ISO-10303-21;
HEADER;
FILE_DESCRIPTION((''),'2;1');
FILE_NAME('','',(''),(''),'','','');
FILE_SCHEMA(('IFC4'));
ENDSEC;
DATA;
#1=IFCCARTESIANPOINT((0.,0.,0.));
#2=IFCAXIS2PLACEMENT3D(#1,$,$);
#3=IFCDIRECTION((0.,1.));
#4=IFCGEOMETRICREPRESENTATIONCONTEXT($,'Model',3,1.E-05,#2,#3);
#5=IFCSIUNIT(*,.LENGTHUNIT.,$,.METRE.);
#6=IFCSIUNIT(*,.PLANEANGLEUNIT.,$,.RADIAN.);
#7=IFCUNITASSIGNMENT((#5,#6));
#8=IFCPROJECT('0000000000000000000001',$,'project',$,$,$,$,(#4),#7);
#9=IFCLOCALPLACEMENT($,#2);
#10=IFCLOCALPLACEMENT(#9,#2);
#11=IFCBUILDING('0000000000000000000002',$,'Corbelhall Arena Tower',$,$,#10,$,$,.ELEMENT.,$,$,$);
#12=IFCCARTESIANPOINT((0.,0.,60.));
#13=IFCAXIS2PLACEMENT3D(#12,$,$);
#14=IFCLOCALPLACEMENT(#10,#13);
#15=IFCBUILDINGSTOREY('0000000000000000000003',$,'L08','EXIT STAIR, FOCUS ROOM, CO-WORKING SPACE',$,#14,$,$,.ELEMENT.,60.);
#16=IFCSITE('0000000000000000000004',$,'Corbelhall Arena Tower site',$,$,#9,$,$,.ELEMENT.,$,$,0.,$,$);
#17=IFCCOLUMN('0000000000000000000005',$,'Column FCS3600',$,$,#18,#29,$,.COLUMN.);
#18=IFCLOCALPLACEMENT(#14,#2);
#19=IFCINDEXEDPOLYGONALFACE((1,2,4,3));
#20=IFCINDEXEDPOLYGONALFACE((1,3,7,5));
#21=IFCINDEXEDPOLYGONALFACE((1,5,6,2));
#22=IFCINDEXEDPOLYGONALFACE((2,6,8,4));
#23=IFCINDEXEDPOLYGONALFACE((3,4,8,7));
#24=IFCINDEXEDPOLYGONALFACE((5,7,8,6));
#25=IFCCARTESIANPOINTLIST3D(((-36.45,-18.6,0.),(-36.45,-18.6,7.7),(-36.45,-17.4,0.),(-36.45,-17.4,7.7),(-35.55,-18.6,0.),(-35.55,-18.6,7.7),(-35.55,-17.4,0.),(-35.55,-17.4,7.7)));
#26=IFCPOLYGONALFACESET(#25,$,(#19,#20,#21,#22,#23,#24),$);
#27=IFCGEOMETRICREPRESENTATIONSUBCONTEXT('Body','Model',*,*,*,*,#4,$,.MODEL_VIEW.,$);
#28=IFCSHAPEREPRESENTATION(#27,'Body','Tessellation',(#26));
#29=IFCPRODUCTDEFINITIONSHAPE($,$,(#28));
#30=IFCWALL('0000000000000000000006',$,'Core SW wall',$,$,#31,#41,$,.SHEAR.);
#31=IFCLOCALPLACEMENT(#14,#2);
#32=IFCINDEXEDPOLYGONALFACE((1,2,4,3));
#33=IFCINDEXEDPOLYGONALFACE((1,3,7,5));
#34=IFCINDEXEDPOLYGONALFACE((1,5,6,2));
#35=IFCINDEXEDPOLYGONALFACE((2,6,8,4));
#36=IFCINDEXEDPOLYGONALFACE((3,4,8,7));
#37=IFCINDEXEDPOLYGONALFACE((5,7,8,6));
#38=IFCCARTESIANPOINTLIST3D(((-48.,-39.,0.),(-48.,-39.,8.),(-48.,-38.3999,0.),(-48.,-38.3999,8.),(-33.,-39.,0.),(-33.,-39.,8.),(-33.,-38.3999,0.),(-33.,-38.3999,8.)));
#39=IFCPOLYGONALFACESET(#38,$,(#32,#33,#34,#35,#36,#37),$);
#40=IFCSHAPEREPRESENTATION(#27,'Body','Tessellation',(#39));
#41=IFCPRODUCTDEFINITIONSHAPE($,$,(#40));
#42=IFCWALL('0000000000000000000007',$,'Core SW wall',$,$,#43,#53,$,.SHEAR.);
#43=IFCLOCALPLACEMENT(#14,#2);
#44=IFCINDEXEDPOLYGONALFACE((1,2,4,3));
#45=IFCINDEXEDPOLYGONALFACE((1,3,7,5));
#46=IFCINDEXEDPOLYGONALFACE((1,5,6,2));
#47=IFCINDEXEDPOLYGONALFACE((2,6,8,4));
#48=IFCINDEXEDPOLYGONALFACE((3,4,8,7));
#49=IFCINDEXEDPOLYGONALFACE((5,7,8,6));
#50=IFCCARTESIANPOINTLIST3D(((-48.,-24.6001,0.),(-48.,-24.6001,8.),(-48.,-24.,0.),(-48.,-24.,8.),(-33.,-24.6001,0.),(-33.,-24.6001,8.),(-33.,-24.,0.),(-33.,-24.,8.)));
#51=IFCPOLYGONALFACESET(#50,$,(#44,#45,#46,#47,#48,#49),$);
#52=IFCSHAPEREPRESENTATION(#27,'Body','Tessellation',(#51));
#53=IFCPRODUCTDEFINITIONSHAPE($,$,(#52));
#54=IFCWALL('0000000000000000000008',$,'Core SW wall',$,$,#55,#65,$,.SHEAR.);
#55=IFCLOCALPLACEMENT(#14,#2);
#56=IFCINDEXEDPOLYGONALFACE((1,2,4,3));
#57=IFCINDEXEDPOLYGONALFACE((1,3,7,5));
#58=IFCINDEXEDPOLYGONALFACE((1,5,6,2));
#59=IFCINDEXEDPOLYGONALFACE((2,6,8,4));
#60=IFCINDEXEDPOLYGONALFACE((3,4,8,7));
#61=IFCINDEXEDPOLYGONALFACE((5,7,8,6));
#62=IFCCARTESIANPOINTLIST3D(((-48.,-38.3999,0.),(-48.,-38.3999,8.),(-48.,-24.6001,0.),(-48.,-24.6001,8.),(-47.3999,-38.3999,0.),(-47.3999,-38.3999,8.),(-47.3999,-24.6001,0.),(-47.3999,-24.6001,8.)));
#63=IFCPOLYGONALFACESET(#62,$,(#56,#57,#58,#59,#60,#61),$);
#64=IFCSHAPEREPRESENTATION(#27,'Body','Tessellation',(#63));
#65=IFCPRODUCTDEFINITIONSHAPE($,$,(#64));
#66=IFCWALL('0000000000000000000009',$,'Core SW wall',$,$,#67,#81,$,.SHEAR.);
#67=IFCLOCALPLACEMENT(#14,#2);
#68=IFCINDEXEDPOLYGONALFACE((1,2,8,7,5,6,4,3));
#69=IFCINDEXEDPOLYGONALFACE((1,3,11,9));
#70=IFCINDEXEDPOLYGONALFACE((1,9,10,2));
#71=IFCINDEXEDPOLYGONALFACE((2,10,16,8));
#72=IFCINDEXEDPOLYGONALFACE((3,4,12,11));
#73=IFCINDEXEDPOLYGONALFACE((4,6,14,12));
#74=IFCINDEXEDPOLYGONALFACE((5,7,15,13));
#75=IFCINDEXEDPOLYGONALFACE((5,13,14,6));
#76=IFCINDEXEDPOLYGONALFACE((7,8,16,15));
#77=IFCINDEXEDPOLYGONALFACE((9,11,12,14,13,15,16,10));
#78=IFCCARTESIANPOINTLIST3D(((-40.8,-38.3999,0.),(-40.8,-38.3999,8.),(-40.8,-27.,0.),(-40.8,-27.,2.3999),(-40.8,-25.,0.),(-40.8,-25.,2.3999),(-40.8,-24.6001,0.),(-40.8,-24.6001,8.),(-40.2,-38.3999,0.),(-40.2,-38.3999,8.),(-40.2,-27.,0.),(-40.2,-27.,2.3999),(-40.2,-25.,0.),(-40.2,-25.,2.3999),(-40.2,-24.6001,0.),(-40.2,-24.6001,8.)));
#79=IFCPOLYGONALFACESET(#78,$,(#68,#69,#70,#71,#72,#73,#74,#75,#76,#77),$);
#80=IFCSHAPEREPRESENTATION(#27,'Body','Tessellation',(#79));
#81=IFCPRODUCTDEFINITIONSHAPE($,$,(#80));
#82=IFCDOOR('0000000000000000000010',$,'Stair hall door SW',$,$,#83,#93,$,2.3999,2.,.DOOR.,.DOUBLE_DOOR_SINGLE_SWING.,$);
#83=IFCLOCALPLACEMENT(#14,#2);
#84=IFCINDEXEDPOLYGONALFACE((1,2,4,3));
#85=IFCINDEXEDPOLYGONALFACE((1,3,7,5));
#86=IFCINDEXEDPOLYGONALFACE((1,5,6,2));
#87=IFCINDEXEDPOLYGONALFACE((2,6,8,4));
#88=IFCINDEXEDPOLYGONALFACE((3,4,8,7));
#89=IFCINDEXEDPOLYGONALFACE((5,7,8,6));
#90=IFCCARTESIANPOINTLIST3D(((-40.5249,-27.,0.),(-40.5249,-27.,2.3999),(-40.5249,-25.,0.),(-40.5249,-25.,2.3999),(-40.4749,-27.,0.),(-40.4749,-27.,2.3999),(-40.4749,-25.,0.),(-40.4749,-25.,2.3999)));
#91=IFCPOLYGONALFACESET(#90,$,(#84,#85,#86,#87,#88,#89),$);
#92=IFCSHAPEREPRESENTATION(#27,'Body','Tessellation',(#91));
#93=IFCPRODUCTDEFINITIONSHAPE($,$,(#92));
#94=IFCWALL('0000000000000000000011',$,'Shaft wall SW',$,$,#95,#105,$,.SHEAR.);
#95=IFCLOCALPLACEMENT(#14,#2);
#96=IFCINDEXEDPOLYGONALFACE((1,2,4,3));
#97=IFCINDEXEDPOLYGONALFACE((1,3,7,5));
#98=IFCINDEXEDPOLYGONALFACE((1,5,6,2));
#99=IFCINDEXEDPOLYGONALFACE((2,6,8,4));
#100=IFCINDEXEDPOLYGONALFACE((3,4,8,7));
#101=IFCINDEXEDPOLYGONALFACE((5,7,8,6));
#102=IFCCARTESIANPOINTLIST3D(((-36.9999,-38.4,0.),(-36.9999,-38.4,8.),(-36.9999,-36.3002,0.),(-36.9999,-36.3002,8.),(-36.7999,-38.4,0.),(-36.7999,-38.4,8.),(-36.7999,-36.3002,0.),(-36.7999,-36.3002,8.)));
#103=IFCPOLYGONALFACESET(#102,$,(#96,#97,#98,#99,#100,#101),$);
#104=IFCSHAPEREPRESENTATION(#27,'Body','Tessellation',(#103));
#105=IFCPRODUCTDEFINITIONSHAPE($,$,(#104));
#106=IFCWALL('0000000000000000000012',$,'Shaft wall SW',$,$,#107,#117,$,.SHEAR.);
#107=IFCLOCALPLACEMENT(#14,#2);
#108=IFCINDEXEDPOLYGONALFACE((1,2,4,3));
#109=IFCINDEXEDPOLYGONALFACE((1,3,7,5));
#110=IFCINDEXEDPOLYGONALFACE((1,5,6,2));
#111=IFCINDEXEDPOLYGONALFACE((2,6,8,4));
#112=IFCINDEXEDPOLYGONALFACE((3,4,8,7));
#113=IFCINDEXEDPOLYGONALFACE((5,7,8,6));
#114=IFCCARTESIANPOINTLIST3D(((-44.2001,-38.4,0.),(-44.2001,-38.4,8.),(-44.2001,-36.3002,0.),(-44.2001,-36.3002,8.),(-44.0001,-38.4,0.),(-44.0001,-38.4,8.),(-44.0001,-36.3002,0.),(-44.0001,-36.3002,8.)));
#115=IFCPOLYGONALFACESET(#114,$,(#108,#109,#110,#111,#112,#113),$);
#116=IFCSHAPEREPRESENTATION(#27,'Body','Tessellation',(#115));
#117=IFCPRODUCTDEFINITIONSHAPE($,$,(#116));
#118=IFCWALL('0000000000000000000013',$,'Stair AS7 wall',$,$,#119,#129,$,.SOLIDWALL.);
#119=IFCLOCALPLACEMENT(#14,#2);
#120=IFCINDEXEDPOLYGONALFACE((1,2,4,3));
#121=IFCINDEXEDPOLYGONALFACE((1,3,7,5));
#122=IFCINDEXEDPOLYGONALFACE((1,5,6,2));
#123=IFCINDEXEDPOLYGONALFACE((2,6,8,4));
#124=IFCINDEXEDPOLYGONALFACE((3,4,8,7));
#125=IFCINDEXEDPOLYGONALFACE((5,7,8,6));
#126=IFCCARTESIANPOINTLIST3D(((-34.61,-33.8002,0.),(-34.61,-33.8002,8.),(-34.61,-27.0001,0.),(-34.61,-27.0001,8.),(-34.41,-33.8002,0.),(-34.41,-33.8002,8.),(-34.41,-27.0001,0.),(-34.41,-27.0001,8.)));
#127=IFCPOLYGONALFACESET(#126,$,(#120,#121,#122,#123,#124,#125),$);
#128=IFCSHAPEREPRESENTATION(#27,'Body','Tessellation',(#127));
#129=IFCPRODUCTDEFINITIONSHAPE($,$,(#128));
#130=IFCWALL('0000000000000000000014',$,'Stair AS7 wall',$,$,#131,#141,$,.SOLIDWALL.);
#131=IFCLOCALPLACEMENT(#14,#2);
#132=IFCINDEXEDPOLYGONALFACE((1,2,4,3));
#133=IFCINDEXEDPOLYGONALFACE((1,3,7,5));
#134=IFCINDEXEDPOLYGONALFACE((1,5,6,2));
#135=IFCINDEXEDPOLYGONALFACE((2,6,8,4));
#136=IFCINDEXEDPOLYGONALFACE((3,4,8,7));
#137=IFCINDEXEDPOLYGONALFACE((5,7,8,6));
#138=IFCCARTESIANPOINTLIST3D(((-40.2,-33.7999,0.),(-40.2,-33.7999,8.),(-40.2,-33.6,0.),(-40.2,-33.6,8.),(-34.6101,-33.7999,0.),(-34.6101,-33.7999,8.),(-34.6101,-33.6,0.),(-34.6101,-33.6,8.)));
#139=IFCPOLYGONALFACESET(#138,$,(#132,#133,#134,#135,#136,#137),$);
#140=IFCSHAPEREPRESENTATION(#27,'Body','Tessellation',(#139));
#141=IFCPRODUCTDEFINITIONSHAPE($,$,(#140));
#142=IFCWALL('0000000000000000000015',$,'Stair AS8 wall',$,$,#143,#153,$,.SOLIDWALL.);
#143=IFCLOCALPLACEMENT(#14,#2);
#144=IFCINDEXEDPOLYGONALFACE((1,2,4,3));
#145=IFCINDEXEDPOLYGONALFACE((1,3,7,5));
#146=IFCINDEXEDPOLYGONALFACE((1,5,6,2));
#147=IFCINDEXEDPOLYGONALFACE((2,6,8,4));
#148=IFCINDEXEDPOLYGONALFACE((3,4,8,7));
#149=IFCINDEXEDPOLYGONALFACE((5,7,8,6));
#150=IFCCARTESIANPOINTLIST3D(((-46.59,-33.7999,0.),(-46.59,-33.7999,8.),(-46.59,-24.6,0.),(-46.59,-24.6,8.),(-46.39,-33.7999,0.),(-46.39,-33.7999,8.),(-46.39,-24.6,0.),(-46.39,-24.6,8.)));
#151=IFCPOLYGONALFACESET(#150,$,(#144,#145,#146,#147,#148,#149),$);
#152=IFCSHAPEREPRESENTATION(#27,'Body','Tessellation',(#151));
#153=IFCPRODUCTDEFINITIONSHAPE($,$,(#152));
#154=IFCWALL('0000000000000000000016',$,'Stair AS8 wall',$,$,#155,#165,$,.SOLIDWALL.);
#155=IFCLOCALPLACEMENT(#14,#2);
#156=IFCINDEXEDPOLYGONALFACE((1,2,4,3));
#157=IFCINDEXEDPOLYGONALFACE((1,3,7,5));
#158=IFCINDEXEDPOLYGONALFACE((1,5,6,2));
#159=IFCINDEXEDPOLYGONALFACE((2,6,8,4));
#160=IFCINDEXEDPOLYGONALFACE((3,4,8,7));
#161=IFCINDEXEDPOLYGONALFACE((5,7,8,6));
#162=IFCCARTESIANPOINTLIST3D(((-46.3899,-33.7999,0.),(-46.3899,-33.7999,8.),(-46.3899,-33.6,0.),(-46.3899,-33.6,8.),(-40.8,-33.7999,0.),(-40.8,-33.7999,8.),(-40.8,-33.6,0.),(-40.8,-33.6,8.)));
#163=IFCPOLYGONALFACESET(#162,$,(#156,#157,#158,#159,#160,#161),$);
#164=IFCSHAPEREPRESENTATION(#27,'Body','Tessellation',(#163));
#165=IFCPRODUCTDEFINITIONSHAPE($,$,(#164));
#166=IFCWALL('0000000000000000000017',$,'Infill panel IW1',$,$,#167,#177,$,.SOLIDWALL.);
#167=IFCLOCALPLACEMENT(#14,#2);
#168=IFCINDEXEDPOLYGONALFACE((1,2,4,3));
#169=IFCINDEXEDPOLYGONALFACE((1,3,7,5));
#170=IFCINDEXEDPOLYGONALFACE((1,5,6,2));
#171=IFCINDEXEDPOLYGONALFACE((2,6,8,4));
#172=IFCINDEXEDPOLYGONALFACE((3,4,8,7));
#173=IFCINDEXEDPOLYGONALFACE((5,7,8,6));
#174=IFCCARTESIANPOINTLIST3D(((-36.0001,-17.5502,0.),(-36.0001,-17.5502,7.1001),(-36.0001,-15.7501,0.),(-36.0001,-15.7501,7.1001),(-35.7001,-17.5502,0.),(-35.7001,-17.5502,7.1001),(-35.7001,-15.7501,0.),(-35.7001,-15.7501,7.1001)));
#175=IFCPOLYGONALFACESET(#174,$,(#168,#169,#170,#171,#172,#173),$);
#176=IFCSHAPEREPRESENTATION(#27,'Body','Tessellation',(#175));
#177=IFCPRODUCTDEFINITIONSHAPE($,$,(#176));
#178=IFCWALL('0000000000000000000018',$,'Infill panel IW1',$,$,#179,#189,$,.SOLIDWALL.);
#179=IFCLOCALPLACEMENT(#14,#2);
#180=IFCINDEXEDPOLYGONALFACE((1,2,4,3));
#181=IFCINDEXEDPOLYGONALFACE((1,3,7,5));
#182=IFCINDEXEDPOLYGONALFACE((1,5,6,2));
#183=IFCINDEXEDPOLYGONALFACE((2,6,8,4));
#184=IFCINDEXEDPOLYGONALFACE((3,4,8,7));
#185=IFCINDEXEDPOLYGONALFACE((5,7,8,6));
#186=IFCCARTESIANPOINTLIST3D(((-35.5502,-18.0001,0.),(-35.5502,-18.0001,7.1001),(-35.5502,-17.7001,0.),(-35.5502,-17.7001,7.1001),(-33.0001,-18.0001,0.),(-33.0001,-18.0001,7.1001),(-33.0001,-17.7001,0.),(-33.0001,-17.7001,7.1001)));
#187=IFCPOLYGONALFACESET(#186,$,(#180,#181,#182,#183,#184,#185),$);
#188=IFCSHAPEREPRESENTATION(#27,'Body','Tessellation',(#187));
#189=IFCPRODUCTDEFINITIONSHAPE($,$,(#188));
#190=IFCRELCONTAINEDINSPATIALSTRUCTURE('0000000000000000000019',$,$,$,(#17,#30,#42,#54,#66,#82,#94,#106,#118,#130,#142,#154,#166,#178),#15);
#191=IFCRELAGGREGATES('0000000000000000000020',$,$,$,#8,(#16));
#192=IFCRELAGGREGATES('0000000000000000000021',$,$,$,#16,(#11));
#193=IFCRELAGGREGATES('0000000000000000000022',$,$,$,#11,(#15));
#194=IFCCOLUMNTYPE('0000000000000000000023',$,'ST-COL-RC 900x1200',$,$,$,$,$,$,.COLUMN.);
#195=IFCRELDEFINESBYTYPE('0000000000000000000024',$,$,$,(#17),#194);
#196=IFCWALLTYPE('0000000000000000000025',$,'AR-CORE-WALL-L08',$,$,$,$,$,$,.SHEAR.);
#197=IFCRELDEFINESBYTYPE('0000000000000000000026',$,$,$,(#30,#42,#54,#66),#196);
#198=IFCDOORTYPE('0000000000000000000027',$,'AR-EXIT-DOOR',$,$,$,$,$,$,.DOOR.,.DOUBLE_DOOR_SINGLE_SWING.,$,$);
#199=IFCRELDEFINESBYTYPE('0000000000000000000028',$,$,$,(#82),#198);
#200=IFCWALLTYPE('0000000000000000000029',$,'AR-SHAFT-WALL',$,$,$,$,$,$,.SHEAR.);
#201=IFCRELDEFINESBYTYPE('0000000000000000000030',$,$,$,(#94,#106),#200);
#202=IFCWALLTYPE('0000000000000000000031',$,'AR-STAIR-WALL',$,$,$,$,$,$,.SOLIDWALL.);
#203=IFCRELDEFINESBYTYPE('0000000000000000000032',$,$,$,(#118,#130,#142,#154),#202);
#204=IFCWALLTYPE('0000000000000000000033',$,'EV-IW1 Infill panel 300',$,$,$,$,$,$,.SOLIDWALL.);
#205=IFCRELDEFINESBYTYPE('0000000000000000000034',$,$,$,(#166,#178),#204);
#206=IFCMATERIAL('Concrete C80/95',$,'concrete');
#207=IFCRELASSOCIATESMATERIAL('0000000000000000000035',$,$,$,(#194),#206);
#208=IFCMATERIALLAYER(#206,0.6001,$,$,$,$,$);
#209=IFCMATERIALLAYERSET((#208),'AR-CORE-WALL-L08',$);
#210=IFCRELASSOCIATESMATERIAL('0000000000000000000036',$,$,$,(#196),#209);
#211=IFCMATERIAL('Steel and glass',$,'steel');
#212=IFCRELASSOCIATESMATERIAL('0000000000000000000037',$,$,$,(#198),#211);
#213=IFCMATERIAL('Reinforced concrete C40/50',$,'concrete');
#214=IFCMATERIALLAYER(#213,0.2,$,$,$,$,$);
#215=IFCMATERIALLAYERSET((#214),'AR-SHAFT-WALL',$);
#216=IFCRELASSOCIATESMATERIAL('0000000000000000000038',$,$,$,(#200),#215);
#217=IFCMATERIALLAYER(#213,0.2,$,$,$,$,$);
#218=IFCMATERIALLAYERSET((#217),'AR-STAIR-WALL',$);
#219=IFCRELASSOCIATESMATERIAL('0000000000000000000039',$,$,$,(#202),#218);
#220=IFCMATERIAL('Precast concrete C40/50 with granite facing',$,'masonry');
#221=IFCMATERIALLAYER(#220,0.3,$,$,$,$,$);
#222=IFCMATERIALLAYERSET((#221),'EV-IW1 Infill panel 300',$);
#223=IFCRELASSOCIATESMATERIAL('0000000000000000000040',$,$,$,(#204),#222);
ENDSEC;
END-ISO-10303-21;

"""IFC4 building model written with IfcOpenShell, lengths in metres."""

from ifc_helpers import new_model, si_unit, direction, frame, frame_2d, origin, origin_2d, place, context, subcontext, project, spatial, rectangle, extrude, material, layer, layer_set, material_profile, profile_set, type_object, element, fill, save


model = new_model("IFC4")

# Units and contexts
model_context = context("Model", 3, precision=1e-05, world=origin(), true_north=direction((0.0, 1.0)))
body_context = subcontext(model_context, "Body", "Model", "MODEL_VIEW")
ifc_project = project(units=[si_unit("LENGTHUNIT", "METRE"), si_unit("PLANEANGLEUNIT", "RADIAN")], contexts=[model_context])

# Site, building, storey
site_placement = place(None, origin())
site = spatial("IfcSite", under=ifc_project, at=site_placement, Name="Corbelhall Arena Tower site", CompositionType="ELEMENT", RefElevation=0.0)
building_placement = place(site_placement, origin())
building = spatial("IfcBuilding", under=site, at=building_placement, Name="Corbelhall Arena Tower", CompositionType="ELEMENT")
storey_placement = place(building_placement, frame((0.0, 0.0, 60.0)))
storey = spatial("IfcBuildingStorey", under=building, at=storey_placement, Name="L08", Description="EXIT STAIR, FOCUS ROOM, CO-WORKING SPACE", CompositionType="ELEMENT", Elevation=60.0)

# Column
ifc_material_1 = material(Name="Concrete C80/95", Category="concrete")
ifc_material_profile = material_profile(ifc_material_1, rectangle(XDim=0.8999, YDim=1.2, at=origin_2d()))
ifc_profile_set = profile_set([ifc_material_profile], Name="Concrete C80/95")
column_type = type_object("IfcColumnType", Name="ST-COL-RC 900x1200", PredefinedType="COLUMN", material=ifc_profile_set)
column_placement = place(storey_placement, frame((-36.0, -18.0, 0.0), z_axis=(0.0, 0.0, 1.0), x_axis=(1.0, 0.0, 0.0)))
element("IfcColumn", 1, at=column_placement, inside=storey, type_object=column_type, Name="Column FCS3600", PredefinedType="COLUMN", context=body_context, shape_type="SweptSolid", body=[
    extrude(rectangle(XDim=0.8999, YDim=1.2, at=origin_2d()), origin(), (0.0, 0.0, 1.0), 7.7),
])

# Walls
ifc_layer_1 = layer(ifc_material_1, 0.6001)
ifc_layer_set_1 = layer_set([ifc_layer_1], Name="AR-CORE-WALL-L08")
wall_type_1 = type_object("IfcWallType", Name="AR-CORE-WALL-L08", PredefinedType="SHEAR", material=ifc_layer_set_1)
for number, where, z_axis, x_axis, name in (
    (2, (-48.0, -38.7, 0.0), (0.0, 0.0, 1.0), (1.0, 0.0, 0.0), "Core SW wall"),
    (3, (-48.0, -24.3, 0.0), (0.0, 0.0, 1.0), (1.0, 0.0, 0.0), "Core SW wall"),
):
    element("IfcWall", number, at=place(storey_placement, frame(where, z_axis=z_axis, x_axis=x_axis)), inside=storey, type_object=wall_type_1, Name=name, PredefinedType="SHEAR", context=body_context, shape_type="SweptSolid", body=[
        extrude(rectangle(XDim=15.0, YDim=0.6001, at=frame_2d((7.5, 0.0))), origin(), (0.0, 0.0, 1.0), 8.0),
    ])
wall_1_placement = place(storey_placement, frame((-47.7, -38.3999, 0.0), z_axis=(0.0, 0.0, 1.0), x_axis=(0.0, 1.0, 0.0)))
element("IfcWall", 4, at=wall_1_placement, inside=storey, type_object=wall_type_1, Name="Core SW wall", PredefinedType="SHEAR", context=body_context, shape_type="SweptSolid", body=[
    extrude(rectangle(XDim=13.7998, YDim=0.6001, at=frame_2d((6.8999, 0.0))), origin(), (0.0, 0.0, 1.0), 8.0),
])

# Shared definitions
ifc_material_2 = material(Name="Steel and glass", Category="steel")
door_type_1 = type_object("IfcDoorType", Name="AR-EXIT-DOOR", OperationType="DOUBLE_DOOR_SINGLE_SWING", PredefinedType="DOOR", material=ifc_material_2)

# Wall, opening, door
wall_2_placement = place(storey_placement, frame((-40.5, -38.3999, 0.0), z_axis=(0.0, 0.0, 1.0), x_axis=(0.0, 1.0, 0.0)))
wall_2 = element("IfcWall", 5, at=wall_2_placement, inside=storey, type_object=wall_type_1, Name="Core SW wall", PredefinedType="SHEAR", context=body_context, shape_type="SweptSolid", body=[
    extrude(rectangle(XDim=13.7998, YDim=0.6001, at=frame_2d((6.8999, 0.0))), origin(), (0.0, 0.0, 1.0), 8.0),
])
opening_1_placement = place(wall_2_placement, frame((11.3999, 0.0, 0.0)))
opening_1 = element("IfcOpeningElement", 6, at=opening_1_placement, cuts=wall_2, PredefinedType="OPENING", context=body_context, shape_type="SweptSolid", body=[
    extrude(rectangle(XDim=2.0, YDim=2.3999, at=frame_2d((1.0, 1.2))), frame((0.0, 0.3, 0.0), z_axis=(0.0, -1.0, 0.0), x_axis=(1.0, 0.0, 0.0)), (0.0, 0.0, 1.0), 0.6001),
])
door_1_placement = place(opening_1_placement, origin())
door_1 = element("IfcDoor", 7, at=door_1_placement, inside=storey, type_object=door_type_1, Name="Stair hall door SW", OperationType="DOUBLE_DOOR_SINGLE_SWING", OverallHeight=2.3999, OverallWidth=2.0, PredefinedType="DOOR", context=body_context, shape_type="SweptSolid", body=[
    extrude(rectangle(XDim=2.0, YDim=2.3999, at=frame_2d((1.0, 1.2))), frame((0.0, 0.0249, 0.0), z_axis=(0.0, -1.0, 0.0), x_axis=(1.0, 0.0, 0.0)), (0.0, 0.0, 1.0), 0.05),
])
fill(opening_1, door_1)

# Shared definitions
ifc_material_3 = material(Name="Reinforced concrete C40/50", Category="concrete")
ifc_layer_2 = layer(ifc_material_3, 0.2)
ifc_layer_set_2 = layer_set([ifc_layer_2], Name="AR-SHAFT-WALL")
wall_type_2 = type_object("IfcWallType", Name="AR-SHAFT-WALL", PredefinedType="SHEAR", material=ifc_layer_set_2)

# Walls
for number, where, z_axis, x_axis, name in (
    (8, (-36.8999, -38.3999, 0.0), (0.0, 0.0, 1.0), (0.0, 1.0, 0.0), "Shaft wall SW"),
    (9, (-44.1001, -38.3999, 0.0), (0.0, 0.0, 1.0), (0.0, 1.0, 0.0), "Shaft wall SW"),
):
    element("IfcWall", number, at=place(storey_placement, frame(where, z_axis=z_axis, x_axis=x_axis)), inside=storey, type_object=wall_type_2, Name=name, PredefinedType="SHEAR", context=body_context, shape_type="SweptSolid", body=[
        extrude(rectangle(XDim=2.0999, YDim=0.2, at=frame_2d((1.0498, 0.0))), origin(), (0.0, 0.0, 1.0), 8.0),
    ])
ifc_layer_3 = layer(ifc_material_3, 0.2)
ifc_layer_set_3 = layer_set([ifc_layer_3], Name="AR-STAIR-WALL")
wall_type_3 = type_object("IfcWallType", Name="AR-STAIR-WALL", PredefinedType="SOLIDWALL", material=ifc_layer_set_3)
wall_3_placement = place(storey_placement, frame((-34.51, -33.8, 0.0), z_axis=(0.0, 0.0, 1.0), x_axis=(0.0, 1.0, 0.0)))
element("IfcWall", 10, at=wall_3_placement, inside=storey, type_object=wall_type_3, Name="Stair AS7 wall", PredefinedType="SOLIDWALL", context=body_context, shape_type="SweptSolid", body=[
    extrude(rectangle(XDim=6.8, YDim=0.2, at=frame_2d((3.3999, 0.0))), origin(), (0.0, 0.0, 1.0), 8.0),
])
wall_4_placement = place(storey_placement, frame((-40.2, -33.7, 0.0), z_axis=(0.0, 0.0, 1.0), x_axis=(1.0, 0.0, 0.0)))
element("IfcWall", 11, at=wall_4_placement, inside=storey, type_object=wall_type_3, Name="Stair AS7 wall", PredefinedType="SOLIDWALL", context=body_context, shape_type="SweptSolid", body=[
    extrude(rectangle(XDim=5.5898, YDim=0.2, at=frame_2d((2.7949, 0.0))), origin(), (0.0, 0.0, 1.0), 8.0),
])
wall_5_placement = place(storey_placement, frame((-46.49, -33.8, 0.0), z_axis=(0.0, 0.0, 1.0), x_axis=(0.0, 1.0, 0.0)))
element("IfcWall", 12, at=wall_5_placement, inside=storey, type_object=wall_type_3, Name="Stair AS8 wall", PredefinedType="SOLIDWALL", context=body_context, shape_type="SweptSolid", body=[
    extrude(rectangle(XDim=9.2, YDim=0.2, at=frame_2d((4.6001, 0.0))), origin(), (0.0, 0.0, 1.0), 8.0),
])
wall_6_placement = place(storey_placement, frame((-46.3899, -33.7, 0.0), z_axis=(0.0, 0.0, 1.0), x_axis=(1.0, 0.0, 0.0)))
element("IfcWall", 13, at=wall_6_placement, inside=storey, type_object=wall_type_3, Name="Stair AS8 wall", PredefinedType="SOLIDWALL", context=body_context, shape_type="SweptSolid", body=[
    extrude(rectangle(XDim=5.5898, YDim=0.2, at=frame_2d((2.7949, 0.0))), origin(), (0.0, 0.0, 1.0), 8.0),
])
ifc_material_4 = material(Name="Precast concrete C40/50 with granite facing", Category="masonry")
ifc_layer_4 = layer(ifc_material_4, 0.3)
ifc_layer_set_4 = layer_set([ifc_layer_4], Name="EV-IW1 Infill panel 300")
wall_type_4 = type_object("IfcWallType", Name="EV-IW1 Infill panel 300", PredefinedType="SOLIDWALL", material=ifc_layer_set_4)
wall_7_placement = place(storey_placement, frame((-35.8501, -17.55, 0.0), z_axis=(0.0, 0.0, 1.0), x_axis=(0.0, 1.0, 0.0)))
element("IfcWall", 14, at=wall_7_placement, inside=storey, type_object=wall_type_4, Name="Infill panel IW1", PredefinedType="SOLIDWALL", context=body_context, shape_type="SweptSolid", body=[
    extrude(rectangle(XDim=1.8, YDim=0.3, at=frame_2d((0.8999, 0.0))), origin(), (0.0, 0.0, 1.0), 7.1001),
])
wall_8_placement = place(storey_placement, frame((-35.55, -17.8501, 0.0), z_axis=(0.0, 0.0, 1.0), x_axis=(1.0, 0.0, 0.0)))
element("IfcWall", 15, at=wall_8_placement, inside=storey, type_object=wall_type_4, Name="Infill panel IW1", PredefinedType="SOLIDWALL", context=body_context, shape_type="SweptSolid", body=[
    extrude(rectangle(XDim=2.55, YDim=0.3, at=frame_2d((1.2749, 0.0))), origin(), (0.0, 0.0, 1.0), 7.1001),
])

save(model, "model.ifc")
